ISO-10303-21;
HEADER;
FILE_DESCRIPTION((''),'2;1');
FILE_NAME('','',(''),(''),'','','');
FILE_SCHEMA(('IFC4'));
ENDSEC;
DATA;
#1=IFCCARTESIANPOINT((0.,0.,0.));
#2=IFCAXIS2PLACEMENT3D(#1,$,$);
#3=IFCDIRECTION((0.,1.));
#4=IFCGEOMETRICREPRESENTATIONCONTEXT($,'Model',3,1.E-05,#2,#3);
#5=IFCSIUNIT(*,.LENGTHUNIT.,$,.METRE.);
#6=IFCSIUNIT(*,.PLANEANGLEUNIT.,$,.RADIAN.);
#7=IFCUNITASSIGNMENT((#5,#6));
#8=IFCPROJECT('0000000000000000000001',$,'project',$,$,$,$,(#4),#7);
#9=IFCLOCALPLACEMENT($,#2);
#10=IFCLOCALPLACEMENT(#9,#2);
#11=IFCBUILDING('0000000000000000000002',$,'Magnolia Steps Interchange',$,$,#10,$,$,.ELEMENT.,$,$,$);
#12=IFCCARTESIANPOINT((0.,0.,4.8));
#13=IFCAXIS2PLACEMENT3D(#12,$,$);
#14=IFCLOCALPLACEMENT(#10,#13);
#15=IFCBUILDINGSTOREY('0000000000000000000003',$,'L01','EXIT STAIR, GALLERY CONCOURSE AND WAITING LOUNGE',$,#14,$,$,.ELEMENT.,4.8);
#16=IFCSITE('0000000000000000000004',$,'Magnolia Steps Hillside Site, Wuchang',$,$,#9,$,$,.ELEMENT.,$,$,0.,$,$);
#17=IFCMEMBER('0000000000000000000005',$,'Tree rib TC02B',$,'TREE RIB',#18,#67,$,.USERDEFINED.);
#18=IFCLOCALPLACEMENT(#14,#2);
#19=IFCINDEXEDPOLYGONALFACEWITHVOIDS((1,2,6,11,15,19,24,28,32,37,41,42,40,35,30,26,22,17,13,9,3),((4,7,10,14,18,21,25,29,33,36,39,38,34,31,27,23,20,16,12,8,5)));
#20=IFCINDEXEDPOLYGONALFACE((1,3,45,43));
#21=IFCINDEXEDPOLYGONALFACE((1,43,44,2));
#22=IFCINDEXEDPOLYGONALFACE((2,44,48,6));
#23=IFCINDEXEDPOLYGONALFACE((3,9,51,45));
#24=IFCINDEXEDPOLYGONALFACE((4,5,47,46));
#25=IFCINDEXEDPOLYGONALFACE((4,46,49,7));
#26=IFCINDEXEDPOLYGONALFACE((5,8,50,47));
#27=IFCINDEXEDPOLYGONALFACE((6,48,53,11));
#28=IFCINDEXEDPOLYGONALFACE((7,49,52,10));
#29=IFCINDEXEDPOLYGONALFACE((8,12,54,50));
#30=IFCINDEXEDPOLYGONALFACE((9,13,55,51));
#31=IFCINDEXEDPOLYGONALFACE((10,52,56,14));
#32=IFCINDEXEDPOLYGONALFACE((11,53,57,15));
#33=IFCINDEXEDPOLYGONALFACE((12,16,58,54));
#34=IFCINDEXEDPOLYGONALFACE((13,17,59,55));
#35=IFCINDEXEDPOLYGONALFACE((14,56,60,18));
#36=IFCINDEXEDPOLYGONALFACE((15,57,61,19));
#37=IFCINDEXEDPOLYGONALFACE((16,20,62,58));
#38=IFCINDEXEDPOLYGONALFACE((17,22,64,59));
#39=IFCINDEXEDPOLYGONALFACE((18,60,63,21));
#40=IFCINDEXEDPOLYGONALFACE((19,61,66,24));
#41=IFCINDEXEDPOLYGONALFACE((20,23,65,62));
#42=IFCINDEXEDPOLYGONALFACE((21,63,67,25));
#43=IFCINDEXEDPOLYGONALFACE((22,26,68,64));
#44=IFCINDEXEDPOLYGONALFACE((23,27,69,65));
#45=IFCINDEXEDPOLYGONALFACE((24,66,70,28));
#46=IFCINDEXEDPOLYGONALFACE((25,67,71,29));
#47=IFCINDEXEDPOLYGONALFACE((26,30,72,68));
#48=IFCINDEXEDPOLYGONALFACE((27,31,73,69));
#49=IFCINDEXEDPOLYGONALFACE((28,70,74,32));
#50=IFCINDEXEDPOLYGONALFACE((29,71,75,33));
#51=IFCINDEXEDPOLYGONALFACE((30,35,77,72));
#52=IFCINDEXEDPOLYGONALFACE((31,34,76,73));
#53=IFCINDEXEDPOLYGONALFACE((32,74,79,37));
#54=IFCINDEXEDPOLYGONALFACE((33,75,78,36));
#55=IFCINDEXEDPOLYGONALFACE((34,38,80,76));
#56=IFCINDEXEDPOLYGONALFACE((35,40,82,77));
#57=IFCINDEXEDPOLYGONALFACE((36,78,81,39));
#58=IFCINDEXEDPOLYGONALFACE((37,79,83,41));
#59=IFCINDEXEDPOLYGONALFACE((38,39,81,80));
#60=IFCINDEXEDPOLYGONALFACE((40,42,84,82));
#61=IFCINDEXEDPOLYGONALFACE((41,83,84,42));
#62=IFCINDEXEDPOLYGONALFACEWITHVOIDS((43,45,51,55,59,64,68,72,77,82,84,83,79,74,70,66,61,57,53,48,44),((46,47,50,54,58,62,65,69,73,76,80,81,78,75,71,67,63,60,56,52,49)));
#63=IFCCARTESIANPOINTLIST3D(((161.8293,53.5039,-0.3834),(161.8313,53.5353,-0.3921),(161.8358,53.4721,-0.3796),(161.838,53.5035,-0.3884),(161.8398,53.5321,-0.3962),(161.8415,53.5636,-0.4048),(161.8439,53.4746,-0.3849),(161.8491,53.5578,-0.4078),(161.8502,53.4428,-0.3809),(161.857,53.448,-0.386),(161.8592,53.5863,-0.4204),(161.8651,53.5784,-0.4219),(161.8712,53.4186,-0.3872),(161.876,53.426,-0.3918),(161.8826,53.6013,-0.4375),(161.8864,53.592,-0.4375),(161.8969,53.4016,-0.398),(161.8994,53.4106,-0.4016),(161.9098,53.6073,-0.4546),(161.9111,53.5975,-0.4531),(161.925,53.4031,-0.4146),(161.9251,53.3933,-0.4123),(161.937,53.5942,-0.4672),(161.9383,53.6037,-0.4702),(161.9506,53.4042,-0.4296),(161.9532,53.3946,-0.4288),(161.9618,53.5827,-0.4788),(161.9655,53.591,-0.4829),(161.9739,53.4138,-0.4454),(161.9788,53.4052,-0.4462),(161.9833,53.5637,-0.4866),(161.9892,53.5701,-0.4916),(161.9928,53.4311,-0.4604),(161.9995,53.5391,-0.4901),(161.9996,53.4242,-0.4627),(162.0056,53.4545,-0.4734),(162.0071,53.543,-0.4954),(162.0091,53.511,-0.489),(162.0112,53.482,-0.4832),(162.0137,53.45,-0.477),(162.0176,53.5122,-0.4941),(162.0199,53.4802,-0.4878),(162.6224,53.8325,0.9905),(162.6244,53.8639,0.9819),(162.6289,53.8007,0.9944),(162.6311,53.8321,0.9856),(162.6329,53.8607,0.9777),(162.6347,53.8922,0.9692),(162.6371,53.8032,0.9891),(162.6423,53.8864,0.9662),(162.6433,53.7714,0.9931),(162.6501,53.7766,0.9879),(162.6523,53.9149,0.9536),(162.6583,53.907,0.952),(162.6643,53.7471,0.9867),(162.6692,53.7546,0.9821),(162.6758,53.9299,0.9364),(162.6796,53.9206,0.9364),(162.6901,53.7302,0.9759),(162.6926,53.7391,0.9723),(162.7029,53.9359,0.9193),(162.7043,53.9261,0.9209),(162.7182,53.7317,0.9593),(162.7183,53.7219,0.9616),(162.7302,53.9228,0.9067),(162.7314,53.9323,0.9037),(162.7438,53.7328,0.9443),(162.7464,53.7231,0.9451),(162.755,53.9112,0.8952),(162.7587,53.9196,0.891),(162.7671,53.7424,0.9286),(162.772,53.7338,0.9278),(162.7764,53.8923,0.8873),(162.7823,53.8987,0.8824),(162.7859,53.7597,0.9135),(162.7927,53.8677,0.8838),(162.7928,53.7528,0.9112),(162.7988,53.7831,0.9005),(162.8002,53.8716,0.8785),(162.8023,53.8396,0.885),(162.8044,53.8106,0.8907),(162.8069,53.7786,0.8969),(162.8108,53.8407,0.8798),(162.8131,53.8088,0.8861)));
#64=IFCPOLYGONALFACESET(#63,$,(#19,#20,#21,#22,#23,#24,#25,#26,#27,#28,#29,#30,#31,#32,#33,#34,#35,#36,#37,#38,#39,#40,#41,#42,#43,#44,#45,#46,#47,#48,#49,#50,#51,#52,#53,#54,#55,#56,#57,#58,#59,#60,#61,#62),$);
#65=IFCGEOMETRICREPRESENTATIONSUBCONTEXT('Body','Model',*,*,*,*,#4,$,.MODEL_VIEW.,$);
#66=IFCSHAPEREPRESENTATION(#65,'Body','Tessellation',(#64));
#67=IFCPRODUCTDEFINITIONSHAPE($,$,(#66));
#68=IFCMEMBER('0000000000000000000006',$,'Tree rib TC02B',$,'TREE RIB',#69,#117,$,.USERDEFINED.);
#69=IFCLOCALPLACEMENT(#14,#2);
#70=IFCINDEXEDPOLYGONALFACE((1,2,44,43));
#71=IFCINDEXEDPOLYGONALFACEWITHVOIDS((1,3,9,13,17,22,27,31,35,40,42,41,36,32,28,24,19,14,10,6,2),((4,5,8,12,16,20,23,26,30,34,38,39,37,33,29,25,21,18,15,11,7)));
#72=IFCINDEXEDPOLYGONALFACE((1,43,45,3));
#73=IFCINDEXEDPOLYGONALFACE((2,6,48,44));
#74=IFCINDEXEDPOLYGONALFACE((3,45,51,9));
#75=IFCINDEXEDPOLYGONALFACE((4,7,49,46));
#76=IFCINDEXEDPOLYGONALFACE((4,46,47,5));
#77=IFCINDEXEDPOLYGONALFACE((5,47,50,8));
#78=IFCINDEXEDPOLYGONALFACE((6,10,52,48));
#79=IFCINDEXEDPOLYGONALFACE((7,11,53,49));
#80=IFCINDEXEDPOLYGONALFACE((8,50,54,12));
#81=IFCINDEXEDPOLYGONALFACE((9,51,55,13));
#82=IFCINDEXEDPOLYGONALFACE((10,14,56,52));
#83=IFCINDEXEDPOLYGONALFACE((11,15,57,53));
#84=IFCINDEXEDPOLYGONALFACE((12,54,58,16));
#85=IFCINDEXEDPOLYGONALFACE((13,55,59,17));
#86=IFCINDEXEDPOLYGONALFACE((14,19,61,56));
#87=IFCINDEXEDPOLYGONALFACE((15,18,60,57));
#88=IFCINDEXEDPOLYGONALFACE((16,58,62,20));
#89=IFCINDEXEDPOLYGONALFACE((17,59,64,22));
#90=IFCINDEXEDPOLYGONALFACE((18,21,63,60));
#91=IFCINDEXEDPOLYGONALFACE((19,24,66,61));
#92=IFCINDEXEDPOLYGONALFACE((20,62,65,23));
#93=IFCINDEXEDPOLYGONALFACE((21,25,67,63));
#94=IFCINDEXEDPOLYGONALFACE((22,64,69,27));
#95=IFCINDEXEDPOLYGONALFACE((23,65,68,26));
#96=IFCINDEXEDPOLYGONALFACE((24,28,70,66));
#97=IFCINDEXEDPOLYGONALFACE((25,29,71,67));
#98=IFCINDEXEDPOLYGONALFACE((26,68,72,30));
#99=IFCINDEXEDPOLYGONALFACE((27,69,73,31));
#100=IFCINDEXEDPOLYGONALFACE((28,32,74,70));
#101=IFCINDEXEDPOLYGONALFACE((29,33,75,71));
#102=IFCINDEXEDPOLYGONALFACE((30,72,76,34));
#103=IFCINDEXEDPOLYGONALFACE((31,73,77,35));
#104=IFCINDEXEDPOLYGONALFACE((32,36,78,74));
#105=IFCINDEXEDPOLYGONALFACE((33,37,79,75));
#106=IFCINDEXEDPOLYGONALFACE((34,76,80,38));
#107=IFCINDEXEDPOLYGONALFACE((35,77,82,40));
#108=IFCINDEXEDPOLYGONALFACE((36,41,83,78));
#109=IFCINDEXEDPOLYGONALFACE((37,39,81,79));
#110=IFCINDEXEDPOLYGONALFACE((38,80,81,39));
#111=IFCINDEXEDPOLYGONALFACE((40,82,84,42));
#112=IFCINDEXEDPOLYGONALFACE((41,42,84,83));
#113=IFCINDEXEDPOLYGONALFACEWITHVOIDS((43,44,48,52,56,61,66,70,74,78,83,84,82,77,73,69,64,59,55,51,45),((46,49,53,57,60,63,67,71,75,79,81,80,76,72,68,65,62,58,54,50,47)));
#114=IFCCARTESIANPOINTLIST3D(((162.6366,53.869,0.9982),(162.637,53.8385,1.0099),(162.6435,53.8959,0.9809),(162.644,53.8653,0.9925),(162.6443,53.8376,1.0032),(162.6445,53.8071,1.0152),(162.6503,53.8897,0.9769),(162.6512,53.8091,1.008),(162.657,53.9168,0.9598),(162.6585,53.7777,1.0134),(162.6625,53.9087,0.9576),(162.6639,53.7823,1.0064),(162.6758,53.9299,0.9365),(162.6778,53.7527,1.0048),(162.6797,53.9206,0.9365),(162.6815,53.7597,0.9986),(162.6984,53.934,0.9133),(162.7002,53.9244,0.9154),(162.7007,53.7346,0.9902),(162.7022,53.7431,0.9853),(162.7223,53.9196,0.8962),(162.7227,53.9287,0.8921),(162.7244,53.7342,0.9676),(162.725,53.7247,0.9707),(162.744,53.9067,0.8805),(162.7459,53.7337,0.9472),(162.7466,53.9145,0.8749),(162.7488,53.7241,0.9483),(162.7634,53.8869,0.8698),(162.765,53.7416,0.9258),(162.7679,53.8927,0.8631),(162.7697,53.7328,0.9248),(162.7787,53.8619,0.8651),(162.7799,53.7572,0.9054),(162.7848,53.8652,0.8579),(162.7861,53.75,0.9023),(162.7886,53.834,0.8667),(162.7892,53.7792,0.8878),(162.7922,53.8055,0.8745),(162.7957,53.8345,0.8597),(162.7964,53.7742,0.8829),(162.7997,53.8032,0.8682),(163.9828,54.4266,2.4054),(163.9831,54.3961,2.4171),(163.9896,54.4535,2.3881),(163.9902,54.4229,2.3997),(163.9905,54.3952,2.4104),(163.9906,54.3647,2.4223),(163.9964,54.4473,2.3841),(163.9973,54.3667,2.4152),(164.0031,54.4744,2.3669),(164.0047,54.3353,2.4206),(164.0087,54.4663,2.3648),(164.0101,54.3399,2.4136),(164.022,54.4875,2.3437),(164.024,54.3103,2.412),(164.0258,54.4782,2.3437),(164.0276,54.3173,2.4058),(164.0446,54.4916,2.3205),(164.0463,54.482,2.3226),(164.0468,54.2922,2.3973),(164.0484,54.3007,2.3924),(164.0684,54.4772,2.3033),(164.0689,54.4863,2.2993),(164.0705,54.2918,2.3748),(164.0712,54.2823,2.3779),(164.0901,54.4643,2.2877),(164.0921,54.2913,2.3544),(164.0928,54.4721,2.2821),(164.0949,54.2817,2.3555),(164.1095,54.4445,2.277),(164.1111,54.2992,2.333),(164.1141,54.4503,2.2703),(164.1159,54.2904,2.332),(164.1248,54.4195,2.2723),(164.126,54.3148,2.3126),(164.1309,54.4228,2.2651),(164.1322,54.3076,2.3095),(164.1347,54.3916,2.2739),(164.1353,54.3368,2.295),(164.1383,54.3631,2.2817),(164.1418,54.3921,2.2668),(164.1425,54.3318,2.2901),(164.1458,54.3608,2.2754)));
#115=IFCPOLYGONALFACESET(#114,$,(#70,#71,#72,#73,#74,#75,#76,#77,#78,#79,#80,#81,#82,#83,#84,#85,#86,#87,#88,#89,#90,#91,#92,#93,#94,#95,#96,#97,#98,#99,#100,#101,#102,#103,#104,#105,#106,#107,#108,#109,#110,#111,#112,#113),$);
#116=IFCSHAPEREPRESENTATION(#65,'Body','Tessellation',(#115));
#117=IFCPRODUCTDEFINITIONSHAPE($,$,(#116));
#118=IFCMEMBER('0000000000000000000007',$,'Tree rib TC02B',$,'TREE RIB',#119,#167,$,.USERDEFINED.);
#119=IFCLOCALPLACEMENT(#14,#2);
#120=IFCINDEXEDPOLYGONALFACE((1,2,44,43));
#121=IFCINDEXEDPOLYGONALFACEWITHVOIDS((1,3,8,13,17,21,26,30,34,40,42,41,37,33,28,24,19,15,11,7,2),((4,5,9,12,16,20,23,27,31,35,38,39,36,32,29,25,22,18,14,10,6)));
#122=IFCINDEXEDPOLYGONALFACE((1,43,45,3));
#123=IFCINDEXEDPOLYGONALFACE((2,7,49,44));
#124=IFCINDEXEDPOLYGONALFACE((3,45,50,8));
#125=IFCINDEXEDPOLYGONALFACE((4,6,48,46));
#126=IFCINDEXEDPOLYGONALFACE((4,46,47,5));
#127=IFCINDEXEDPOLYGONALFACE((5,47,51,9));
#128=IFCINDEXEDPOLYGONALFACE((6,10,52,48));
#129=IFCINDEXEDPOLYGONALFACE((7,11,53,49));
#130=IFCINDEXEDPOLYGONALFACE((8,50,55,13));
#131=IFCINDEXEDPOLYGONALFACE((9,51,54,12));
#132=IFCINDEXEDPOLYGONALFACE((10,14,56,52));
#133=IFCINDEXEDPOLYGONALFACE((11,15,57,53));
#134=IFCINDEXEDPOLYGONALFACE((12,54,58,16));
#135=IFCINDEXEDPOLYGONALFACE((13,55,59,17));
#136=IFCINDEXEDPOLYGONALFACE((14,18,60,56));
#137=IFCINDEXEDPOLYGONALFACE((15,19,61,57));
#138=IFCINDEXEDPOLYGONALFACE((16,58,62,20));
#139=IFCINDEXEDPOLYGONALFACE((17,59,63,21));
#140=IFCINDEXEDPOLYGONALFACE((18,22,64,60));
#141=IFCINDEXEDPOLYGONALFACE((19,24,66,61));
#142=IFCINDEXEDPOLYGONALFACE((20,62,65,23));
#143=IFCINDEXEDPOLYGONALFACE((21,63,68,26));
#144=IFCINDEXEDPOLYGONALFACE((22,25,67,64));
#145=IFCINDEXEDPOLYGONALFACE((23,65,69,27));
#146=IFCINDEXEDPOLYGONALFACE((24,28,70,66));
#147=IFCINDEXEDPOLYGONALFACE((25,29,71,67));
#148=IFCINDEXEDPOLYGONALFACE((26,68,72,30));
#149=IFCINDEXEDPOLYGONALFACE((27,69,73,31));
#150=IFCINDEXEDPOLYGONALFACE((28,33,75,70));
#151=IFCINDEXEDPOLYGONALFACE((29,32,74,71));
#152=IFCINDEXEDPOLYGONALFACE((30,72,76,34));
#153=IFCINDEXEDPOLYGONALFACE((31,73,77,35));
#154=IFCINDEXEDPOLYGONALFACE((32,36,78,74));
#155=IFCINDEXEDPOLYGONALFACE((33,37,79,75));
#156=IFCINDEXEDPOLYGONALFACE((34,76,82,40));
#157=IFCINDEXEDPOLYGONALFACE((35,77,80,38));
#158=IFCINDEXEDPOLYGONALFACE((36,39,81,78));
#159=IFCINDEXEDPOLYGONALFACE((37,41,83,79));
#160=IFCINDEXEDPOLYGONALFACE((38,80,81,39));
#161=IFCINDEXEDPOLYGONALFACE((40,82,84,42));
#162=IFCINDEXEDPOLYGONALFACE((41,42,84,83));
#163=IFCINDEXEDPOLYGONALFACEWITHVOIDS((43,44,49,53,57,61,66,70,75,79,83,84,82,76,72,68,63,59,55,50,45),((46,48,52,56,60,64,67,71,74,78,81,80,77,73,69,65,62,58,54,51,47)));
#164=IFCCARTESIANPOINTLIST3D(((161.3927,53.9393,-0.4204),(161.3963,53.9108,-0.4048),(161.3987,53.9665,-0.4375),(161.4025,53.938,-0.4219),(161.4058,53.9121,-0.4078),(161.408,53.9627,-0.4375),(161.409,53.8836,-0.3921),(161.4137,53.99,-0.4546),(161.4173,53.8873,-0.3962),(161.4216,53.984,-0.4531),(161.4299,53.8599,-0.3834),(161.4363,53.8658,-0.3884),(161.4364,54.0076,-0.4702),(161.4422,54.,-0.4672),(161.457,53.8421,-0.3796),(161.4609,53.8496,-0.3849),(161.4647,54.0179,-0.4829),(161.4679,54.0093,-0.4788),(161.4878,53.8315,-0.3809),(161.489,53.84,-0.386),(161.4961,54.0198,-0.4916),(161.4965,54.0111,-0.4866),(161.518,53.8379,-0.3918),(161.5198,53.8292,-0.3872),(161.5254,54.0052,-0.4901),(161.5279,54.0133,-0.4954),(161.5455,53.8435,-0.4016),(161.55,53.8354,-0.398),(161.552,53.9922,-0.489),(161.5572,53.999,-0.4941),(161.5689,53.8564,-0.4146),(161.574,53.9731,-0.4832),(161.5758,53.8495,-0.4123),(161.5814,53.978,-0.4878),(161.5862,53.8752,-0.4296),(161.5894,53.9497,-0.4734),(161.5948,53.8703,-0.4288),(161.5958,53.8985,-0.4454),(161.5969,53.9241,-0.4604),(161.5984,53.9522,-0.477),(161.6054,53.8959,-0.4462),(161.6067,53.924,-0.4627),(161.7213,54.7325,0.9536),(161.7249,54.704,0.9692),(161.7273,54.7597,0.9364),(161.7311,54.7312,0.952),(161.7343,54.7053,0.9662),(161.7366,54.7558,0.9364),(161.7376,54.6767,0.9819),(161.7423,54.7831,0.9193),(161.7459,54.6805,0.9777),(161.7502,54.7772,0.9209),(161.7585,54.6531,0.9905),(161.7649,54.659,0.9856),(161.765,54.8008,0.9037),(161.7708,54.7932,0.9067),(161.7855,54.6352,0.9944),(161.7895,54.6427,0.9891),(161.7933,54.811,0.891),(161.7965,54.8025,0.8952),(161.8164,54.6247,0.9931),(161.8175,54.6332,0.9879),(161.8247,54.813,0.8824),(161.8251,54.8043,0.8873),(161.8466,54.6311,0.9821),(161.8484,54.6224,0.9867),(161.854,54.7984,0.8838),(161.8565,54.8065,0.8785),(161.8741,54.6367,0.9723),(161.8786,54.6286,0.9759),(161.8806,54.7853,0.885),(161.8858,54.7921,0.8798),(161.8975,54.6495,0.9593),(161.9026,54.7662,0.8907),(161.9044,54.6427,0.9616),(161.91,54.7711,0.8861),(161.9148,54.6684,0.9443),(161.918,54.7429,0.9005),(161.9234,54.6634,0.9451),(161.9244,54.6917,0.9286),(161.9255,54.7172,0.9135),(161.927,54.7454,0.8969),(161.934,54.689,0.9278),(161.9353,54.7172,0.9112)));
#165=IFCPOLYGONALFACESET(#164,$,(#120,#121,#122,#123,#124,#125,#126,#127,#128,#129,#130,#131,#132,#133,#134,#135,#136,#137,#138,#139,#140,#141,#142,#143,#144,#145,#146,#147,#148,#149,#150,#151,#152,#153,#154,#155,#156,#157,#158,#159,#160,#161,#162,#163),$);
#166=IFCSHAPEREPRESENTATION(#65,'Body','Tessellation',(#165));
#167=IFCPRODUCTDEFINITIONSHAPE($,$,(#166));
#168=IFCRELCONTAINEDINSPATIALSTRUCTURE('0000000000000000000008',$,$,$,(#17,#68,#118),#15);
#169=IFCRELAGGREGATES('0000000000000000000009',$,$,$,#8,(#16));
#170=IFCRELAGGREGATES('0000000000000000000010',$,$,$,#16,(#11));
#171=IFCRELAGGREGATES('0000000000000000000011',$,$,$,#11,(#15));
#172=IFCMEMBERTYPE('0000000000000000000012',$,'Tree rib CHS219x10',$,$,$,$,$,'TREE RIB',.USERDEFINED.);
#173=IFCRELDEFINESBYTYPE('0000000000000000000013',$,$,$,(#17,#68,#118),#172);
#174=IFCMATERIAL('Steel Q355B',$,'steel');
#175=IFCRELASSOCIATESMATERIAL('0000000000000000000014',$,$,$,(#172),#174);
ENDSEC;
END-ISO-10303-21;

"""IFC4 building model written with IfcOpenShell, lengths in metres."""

from ifc_helpers import new_model, si_unit, direction, frame, origin, origin_2d, place, context, subcontext, project, spatial, hollow_circle, extrude, material, material_profile, profile_set, type_object, element, save


model = new_model("IFC4")

# Units and contexts
model_context = context("Model", 3, precision=1e-05, world=origin(), true_north=direction((0.0, 1.0)))
body_context = subcontext(model_context, "Body", "Model", "MODEL_VIEW")
ifc_project = project(units=[si_unit("LENGTHUNIT", "METRE"), si_unit("PLANEANGLEUNIT", "RADIAN")], contexts=[model_context])

# Site, building, storey
site_placement = place(None, origin())
site = spatial("IfcSite", under=ifc_project, at=site_placement, Name="Magnolia Steps Hillside Site, Wuchang", CompositionType="ELEMENT", RefElevation=0.0)
building_placement = place(site_placement, origin())
building = spatial("IfcBuilding", under=site, at=building_placement, Name="Magnolia Steps Interchange", CompositionType="ELEMENT")
storey_placement = place(building_placement, frame((0.0, 0.0, 4.8)))
storey = spatial("IfcBuildingStorey", under=building, at=storey_placement, Name="L01", Description="EXIT STAIR, GALLERY CONCOURSE AND WAITING LOUNGE", CompositionType="ELEMENT", Elevation=4.8)

# Members
ifc_material_1 = material(Name="Steel Q355B", Category="steel")
ifc_material_profile_1 = material_profile(ifc_material_1, hollow_circle(Radius=0.1096, WallThickness=0.01, at=origin_2d()), Name="CHS219x10")
ifc_profile_set_1 = profile_set([ifc_material_profile_1], Name="Steel Q355B")
member_type = type_object("IfcMemberType", Name="Tree rib CHS219x10", ElementType="TREE RIB", PredefinedType="USERDEFINED", material=ifc_profile_set_1)
member_1_placement = place(storey_placement, frame((161.9246, 53.5, -0.4375), z_axis=(0.489571, 0.20282, 0.848047), x_axis=(-0.382737, 0.923857, 0.0)))
element("IfcMember", 1, at=member_1_placement, inside=storey, type_object=member_type, Name="Tree rib TC02B", ObjectType="TREE RIB", PredefinedType="USERDEFINED", context=body_context, shape_type="SweptSolid", body=[
    extrude(hollow_circle(Radius=0.1096, WallThickness=0.01, at=origin_2d()), origin(), (0.0, 0.0, 1.0), 1.6201),
])
member_2_placement = place(storey_placement, frame((162.7178, 53.8286, 0.9365), z_axis=(0.664557, 0.275272, 0.694687), x_axis=(-0.382687, 0.923878, 0.0)))
element("IfcMember", 2, at=member_2_placement, inside=storey, type_object=member_type, Name="Tree rib TC02B", ObjectType="TREE RIB", PredefinedType="USERDEFINED", context=body_context, shape_type="SweptSolid", body=[
    extrude(hollow_circle(Radius=0.1096, WallThickness=0.01, at=origin_2d()), origin(), (0.0, 0.0, 1.0), 2.0256),
])
member_3_placement = place(storey_placement, frame((161.5, 53.9246, -0.4375), z_axis=(0.20282, 0.489571, 0.848047), x_axis=(-0.923857, 0.382737, 0.0)))
element("IfcMember", 3, at=member_3_placement, inside=storey, type_object=member_type, Name="Tree rib TC02B", ObjectType="TREE RIB", PredefinedType="USERDEFINED", context=body_context, shape_type="SweptSolid", body=[
    extrude(hollow_circle(Radius=0.1096, WallThickness=0.01, at=origin_2d()), origin(), (0.0, 0.0, 1.0), 1.6201),
])

save(model, "model.ifc")
